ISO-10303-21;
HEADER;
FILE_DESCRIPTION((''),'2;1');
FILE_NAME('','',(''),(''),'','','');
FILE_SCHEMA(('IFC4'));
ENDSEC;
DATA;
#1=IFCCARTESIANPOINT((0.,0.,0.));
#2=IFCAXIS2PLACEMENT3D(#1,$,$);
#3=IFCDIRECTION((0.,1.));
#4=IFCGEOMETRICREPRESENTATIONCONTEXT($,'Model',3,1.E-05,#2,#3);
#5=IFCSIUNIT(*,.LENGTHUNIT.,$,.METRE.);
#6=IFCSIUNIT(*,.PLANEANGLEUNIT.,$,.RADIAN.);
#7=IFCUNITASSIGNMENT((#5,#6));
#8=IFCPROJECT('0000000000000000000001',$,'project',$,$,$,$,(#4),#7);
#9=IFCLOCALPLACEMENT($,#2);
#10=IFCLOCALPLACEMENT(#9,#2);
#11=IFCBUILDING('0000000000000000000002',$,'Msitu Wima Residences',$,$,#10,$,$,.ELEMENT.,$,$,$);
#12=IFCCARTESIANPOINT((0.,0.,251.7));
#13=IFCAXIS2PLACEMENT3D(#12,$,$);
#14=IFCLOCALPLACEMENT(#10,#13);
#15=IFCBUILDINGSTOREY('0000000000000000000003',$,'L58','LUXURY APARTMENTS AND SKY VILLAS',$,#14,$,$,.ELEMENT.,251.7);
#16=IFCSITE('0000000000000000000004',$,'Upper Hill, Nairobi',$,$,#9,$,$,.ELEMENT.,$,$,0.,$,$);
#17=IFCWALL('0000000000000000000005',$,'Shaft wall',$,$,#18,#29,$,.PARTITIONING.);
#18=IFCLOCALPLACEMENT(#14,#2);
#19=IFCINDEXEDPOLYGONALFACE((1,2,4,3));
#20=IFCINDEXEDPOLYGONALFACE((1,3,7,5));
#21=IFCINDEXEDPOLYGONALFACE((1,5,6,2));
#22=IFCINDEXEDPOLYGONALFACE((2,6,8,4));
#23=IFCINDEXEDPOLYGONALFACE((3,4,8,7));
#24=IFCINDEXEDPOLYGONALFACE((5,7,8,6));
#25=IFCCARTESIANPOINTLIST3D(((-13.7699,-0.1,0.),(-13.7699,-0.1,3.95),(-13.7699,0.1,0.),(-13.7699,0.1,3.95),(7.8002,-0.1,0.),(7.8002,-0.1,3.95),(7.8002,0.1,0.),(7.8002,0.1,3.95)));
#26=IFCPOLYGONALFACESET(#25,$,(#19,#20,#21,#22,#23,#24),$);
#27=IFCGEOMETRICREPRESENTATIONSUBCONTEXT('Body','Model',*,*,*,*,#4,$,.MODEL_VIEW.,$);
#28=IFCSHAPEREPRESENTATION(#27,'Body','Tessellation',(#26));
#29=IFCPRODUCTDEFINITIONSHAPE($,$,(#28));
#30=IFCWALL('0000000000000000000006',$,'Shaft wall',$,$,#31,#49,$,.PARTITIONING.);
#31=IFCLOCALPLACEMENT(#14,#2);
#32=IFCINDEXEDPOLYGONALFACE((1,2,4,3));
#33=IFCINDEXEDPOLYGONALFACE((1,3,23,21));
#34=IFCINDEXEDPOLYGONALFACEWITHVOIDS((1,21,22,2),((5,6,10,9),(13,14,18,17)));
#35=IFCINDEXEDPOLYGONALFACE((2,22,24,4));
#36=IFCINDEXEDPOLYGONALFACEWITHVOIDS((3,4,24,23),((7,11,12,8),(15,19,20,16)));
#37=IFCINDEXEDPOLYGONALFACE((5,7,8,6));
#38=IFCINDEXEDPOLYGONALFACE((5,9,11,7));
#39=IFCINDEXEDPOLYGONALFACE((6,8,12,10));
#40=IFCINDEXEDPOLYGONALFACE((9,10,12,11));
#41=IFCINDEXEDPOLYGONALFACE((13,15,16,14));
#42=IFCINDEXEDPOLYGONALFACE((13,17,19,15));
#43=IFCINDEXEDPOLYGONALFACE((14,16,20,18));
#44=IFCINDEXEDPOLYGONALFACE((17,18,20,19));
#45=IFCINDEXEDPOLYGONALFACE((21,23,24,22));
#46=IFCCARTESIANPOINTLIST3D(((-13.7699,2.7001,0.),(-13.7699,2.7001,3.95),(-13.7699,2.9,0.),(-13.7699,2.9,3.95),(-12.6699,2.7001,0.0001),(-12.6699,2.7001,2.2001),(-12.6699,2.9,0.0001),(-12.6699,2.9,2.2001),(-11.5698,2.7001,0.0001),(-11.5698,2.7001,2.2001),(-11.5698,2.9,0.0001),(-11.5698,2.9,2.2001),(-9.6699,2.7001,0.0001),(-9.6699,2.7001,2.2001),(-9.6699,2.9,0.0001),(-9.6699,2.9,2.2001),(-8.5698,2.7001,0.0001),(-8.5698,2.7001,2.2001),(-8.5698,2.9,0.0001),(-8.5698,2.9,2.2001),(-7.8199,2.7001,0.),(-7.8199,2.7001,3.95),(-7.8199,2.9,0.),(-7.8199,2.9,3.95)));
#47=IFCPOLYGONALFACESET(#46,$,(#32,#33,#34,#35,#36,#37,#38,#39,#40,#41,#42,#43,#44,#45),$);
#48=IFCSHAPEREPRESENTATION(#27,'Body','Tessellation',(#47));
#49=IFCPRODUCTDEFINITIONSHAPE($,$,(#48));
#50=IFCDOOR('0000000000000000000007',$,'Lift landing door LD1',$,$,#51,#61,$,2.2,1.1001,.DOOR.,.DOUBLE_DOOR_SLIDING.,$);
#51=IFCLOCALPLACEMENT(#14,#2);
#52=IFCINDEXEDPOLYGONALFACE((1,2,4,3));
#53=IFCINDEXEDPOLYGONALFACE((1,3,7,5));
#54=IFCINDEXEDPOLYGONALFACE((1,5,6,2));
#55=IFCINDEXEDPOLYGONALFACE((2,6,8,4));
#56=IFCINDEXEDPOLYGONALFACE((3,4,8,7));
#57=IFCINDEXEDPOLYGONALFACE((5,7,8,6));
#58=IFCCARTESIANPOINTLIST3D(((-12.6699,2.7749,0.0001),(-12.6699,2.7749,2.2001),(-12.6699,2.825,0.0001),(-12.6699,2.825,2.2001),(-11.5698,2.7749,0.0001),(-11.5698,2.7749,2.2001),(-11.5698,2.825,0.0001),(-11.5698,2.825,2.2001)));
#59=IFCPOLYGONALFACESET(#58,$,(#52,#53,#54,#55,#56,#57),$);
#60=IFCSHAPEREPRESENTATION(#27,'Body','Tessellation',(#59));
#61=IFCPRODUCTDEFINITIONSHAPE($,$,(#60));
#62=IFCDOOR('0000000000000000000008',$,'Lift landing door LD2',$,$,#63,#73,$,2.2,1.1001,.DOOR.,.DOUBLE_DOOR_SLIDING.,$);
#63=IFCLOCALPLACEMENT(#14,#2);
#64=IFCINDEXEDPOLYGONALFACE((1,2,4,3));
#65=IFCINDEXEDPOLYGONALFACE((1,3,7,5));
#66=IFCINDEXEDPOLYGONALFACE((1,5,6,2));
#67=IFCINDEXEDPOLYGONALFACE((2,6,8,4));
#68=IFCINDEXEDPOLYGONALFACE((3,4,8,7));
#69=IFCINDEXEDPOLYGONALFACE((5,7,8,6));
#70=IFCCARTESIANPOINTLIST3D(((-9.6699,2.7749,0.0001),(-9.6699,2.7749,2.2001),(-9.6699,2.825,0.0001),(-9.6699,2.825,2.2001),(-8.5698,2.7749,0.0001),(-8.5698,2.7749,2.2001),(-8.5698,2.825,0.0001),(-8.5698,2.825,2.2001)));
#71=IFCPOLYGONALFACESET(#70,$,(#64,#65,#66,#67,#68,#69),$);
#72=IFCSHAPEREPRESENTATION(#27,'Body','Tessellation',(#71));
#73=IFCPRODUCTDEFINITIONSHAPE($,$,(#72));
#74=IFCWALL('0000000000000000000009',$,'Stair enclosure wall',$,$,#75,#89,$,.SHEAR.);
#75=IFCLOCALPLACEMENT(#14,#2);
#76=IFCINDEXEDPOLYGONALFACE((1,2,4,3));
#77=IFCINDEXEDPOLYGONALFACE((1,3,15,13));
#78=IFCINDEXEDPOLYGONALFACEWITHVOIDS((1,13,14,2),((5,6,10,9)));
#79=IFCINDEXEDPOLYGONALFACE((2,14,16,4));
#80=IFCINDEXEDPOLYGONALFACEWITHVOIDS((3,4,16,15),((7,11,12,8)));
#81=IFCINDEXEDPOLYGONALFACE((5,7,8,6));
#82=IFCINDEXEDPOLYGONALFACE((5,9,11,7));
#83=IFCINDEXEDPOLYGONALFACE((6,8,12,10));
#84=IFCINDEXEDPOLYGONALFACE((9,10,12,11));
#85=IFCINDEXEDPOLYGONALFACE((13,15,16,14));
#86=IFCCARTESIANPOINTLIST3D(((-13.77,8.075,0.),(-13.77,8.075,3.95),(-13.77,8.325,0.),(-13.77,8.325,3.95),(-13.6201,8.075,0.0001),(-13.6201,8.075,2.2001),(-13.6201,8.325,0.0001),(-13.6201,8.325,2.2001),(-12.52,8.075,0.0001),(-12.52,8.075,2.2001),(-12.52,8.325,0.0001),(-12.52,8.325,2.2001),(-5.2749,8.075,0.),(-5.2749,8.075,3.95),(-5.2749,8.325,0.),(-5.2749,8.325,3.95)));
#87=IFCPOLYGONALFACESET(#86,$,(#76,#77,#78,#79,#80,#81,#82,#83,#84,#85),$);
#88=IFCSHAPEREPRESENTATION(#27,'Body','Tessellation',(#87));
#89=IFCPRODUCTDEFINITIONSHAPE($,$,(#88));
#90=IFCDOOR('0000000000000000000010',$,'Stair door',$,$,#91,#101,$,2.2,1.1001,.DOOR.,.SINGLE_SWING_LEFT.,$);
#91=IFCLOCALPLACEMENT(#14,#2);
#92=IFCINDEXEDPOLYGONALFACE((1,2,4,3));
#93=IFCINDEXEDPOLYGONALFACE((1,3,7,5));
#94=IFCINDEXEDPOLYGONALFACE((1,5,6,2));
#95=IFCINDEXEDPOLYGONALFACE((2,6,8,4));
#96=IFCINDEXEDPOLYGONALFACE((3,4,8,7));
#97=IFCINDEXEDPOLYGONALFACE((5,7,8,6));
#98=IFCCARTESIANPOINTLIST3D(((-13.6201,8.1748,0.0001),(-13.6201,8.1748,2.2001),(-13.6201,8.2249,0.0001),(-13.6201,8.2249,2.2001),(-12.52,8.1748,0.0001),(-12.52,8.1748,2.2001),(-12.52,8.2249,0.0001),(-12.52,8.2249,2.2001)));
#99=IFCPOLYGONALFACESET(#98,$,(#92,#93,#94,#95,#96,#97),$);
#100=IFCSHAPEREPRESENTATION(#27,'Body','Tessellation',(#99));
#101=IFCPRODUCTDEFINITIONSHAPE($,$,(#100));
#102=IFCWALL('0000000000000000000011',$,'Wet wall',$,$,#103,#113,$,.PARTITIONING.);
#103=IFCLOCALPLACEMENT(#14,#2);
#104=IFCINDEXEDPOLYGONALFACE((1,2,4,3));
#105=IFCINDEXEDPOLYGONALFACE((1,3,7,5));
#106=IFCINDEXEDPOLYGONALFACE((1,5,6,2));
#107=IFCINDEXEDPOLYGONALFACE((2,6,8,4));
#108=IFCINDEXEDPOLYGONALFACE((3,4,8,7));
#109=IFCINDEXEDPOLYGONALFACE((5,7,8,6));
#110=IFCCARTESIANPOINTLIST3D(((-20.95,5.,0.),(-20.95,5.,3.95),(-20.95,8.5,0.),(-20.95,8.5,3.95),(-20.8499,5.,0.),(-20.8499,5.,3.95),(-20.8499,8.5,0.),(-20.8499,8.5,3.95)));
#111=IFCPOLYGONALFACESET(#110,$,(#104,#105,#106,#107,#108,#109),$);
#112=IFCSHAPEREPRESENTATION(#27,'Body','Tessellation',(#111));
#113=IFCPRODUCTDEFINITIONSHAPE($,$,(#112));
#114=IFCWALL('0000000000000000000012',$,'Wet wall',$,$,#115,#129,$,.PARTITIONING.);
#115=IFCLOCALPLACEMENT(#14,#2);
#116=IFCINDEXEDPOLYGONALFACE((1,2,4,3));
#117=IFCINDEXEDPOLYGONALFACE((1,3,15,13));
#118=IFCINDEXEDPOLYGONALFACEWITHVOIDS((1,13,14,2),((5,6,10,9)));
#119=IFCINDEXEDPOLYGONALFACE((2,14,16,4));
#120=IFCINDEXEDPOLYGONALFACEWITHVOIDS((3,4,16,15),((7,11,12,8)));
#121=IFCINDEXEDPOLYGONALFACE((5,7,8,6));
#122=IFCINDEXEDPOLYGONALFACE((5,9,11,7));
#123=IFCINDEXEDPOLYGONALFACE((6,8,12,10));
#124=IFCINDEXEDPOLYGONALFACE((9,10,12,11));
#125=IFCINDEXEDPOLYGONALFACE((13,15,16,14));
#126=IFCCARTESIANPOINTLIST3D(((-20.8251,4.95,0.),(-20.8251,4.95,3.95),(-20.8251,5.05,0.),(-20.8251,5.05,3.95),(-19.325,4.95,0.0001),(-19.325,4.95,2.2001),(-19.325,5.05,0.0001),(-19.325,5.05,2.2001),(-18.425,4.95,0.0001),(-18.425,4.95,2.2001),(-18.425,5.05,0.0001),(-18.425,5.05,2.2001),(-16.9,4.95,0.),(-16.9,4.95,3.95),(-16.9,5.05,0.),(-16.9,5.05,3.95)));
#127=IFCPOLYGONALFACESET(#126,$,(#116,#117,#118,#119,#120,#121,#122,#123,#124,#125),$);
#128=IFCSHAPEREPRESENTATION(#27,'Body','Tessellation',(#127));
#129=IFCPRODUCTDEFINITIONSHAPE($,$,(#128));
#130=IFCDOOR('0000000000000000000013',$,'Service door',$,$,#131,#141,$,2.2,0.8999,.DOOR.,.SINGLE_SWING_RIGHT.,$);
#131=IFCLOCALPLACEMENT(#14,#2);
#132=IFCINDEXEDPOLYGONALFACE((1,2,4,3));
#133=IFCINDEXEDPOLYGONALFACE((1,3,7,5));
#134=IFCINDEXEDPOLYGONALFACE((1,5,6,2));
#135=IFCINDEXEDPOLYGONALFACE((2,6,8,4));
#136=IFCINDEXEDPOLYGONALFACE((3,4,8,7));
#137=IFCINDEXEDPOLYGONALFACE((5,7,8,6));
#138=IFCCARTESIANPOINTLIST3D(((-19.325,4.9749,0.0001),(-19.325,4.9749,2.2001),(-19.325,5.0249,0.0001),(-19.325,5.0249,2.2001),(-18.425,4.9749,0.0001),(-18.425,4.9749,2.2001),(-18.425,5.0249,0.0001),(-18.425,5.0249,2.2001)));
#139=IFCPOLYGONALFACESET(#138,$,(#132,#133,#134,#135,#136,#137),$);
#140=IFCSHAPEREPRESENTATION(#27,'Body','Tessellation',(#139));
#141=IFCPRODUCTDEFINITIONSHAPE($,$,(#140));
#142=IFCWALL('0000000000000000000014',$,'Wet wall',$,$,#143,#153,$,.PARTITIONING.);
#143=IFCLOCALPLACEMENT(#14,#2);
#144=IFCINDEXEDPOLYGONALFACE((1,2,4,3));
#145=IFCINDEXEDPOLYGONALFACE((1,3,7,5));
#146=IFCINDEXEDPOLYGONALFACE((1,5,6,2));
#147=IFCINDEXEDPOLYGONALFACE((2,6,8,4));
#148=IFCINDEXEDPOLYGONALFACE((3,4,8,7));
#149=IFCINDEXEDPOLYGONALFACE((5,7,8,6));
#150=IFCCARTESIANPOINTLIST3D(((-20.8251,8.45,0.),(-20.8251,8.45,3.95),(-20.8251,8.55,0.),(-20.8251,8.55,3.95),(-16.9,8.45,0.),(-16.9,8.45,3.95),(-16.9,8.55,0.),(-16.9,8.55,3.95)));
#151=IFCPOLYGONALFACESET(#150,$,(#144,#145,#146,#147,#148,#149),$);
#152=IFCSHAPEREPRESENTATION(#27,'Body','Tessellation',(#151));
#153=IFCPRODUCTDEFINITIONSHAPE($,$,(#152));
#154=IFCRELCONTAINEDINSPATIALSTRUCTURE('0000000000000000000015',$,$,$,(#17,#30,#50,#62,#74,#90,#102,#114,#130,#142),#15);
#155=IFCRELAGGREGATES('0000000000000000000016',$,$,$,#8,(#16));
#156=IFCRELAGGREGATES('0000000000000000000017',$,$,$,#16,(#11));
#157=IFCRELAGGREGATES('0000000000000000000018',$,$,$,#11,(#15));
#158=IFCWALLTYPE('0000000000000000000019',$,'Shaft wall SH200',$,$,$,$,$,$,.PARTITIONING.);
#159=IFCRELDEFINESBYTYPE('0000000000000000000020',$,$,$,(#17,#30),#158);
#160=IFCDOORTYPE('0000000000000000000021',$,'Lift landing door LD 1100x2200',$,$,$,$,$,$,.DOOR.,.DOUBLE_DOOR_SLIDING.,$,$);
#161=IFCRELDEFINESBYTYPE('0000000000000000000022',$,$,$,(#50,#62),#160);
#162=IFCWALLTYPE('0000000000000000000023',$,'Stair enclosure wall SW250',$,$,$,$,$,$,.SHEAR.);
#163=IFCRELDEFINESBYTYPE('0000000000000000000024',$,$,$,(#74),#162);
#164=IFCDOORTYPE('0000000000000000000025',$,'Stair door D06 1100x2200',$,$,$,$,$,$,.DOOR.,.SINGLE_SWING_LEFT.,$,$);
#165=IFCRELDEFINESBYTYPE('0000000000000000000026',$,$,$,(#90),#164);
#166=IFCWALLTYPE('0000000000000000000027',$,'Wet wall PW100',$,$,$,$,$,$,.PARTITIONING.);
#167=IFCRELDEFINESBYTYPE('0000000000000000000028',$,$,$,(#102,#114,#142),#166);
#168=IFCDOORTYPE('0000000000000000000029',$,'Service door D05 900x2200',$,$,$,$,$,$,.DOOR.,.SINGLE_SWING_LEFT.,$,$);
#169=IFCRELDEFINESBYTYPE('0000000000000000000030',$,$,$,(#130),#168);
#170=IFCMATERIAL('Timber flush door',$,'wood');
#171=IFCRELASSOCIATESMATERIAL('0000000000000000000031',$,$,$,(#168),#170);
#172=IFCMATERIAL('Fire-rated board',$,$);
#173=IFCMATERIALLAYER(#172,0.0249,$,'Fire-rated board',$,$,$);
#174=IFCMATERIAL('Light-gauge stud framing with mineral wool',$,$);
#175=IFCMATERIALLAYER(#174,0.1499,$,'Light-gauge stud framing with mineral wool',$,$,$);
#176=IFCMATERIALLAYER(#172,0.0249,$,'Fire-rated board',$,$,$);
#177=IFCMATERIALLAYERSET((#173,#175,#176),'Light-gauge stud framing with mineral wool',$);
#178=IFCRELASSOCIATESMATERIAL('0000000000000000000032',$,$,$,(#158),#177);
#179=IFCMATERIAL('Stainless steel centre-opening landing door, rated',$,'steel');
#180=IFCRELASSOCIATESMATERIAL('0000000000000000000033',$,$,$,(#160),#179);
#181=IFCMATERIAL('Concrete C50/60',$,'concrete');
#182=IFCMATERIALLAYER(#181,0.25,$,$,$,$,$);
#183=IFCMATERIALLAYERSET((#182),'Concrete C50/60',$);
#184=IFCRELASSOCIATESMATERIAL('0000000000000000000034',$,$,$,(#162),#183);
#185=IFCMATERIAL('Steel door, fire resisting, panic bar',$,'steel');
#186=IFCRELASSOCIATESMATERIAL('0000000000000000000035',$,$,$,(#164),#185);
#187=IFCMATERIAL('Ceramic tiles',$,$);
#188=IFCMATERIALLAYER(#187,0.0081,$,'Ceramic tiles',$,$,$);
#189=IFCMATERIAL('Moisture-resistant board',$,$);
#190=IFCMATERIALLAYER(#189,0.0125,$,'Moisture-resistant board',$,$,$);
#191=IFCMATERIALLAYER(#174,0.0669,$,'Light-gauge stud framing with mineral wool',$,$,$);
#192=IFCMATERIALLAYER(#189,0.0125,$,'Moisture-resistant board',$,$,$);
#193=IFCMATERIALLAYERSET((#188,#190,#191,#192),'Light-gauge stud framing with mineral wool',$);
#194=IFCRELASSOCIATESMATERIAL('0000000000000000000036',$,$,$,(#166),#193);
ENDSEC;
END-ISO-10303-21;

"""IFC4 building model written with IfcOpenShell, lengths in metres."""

from ifc_helpers import new_model, si_unit, direction, frame, frame_2d, origin, place, context, subcontext, project, spatial, rectangle, extrude, material, layer, layer_set, type_object, element, fill, save


model = new_model("IFC4")

# Units and contexts
model_context = context("Model", 3, precision=1e-05, world=origin(), true_north=direction((0.0, 1.0)))
body_context = subcontext(model_context, "Body", "Model", "MODEL_VIEW")
ifc_project = project(units=[si_unit("LENGTHUNIT", "METRE"), si_unit("PLANEANGLEUNIT", "RADIAN")], contexts=[model_context])

# Site, building, storey
site_placement = place(None, origin())
site = spatial("IfcSite", under=ifc_project, at=site_placement, Name="Upper Hill, Nairobi", CompositionType="ELEMENT", RefElevation=0.0)
building_placement = place(site_placement, origin())
building = spatial("IfcBuilding", under=site, at=building_placement, Name="Msitu Wima Residences", CompositionType="ELEMENT")
storey_placement = place(building_placement, frame((0.0, 0.0, 251.7)))
storey = spatial("IfcBuildingStorey", under=building, at=storey_placement, Name="L58", Description="LUXURY APARTMENTS AND SKY VILLAS", CompositionType="ELEMENT", Elevation=251.7)

# Shared definitions
ifc_material_1 = material(Name="Concrete C50/60", Category="concrete")

# Shared definitions
ifc_material_2 = material(Name="Timber flush door", Category="wood")
door_type_1 = type_object("IfcDoorType", Name="Service door D05 900x2200", OperationType="SINGLE_SWING_LEFT", PredefinedType="DOOR", material=ifc_material_2)

# Wall
ifc_material_3 = material(Name="Fire-rated board")
ifc_layer_1 = layer(ifc_material_3, 0.0249, Name="Fire-rated board")
ifc_material_4 = material(Name="Light-gauge stud framing with mineral wool")
ifc_layer_2 = layer(ifc_material_4, 0.1499, Name="Light-gauge stud framing with mineral wool")
ifc_layer_3 = layer(ifc_material_3, 0.0249, Name="Fire-rated board")
ifc_layer_set_1 = layer_set([ifc_layer_1, ifc_layer_2, ifc_layer_3], Name="Light-gauge stud framing with mineral wool")
wall_type_1 = type_object("IfcWallType", Name="Shaft wall SH200", PredefinedType="PARTITIONING", material=ifc_layer_set_1)
wall_1_placement = place(storey_placement, frame((-13.77, 0.0, 0.0), z_axis=(0.0, 0.0, 1.0), x_axis=(1.0, 0.0, 0.0)))
element("IfcWall", 1, at=wall_1_placement, inside=storey, type_object=wall_type_1, Name="Shaft wall", PredefinedType="PARTITIONING", context=body_context, shape_type="SweptSolid", body=[
    extrude(rectangle(XDim=21.5701, YDim=0.2, at=frame_2d((10.7852, 0.0))), origin(), (0.0, 0.0, 1.0), 3.95),
])

# Wall, openings, doors
wall_2_placement = place(storey_placement, frame((-13.77, 2.8, 0.0), z_axis=(0.0, 0.0, 1.0), x_axis=(1.0, 0.0, 0.0)))
wall_2 = element("IfcWall", 2, at=wall_2_placement, inside=storey, type_object=wall_type_1, Name="Shaft wall", PredefinedType="PARTITIONING", context=body_context, shape_type="SweptSolid", body=[
    extrude(rectangle(XDim=5.95, YDim=0.2, at=frame_2d((2.9751, 0.0))), origin(), (0.0, 0.0, 1.0), 3.95),
])
opening_1_placement = place(wall_2_placement, frame((1.1001, 0.0, 0.0)))
opening_1 = element("IfcOpeningElement", 3, at=opening_1_placement, cuts=wall_2, PredefinedType="OPENING", context=body_context, shape_type="SweptSolid", body=[
    extrude(rectangle(XDim=1.1001, YDim=2.2, at=frame_2d((0.55, 1.1001))), frame((0.0, 0.1099, 0.0), z_axis=(0.0, -1.0, 0.0), x_axis=(1.0, 0.0, 0.0)), (0.0, 0.0, 1.0), 0.22),
])
opening_2_placement = place(wall_2_placement, frame((4.1001, 0.0, 0.0)))
opening_2 = element("IfcOpeningElement", 4, at=opening_2_placement, cuts=wall_2, PredefinedType="OPENING", context=body_context, shape_type="SweptSolid", body=[
    extrude(rectangle(XDim=1.1001, YDim=2.2, at=frame_2d((0.55, 1.1001))), frame((0.0, 0.1099, 0.0), z_axis=(0.0, -1.0, 0.0), x_axis=(1.0, 0.0, 0.0)), (0.0, 0.0, 1.0), 0.22),
])
ifc_material_5 = material(Name="Stainless steel centre-opening landing door, rated", Category="steel")
door_type_2 = type_object("IfcDoorType", Name="Lift landing door LD 1100x2200", OperationType="DOUBLE_DOOR_SLIDING", PredefinedType="DOOR", material=ifc_material_5)
door_1_placement = place(opening_1_placement, origin())
door_1 = element("IfcDoor", 5, at=door_1_placement, inside=storey, type_object=door_type_2, Name="Lift landing door LD1", OperationType="DOUBLE_DOOR_SLIDING", OverallHeight=2.2, OverallWidth=1.1001, PredefinedType="DOOR", context=body_context, shape_type="SweptSolid", body=[
    extrude(rectangle(XDim=1.1001, YDim=2.2, at=frame_2d((0.55, 1.1001))), frame((0.0, 0.0249, 0.0), z_axis=(0.0, -1.0, 0.0), x_axis=(1.0, 0.0, 0.0)), (0.0, 0.0, 1.0), 0.05),
])
fill(opening_1, door_1)
door_2_placement = place(opening_2_placement, origin())
door_2 = element("IfcDoor", 6, at=door_2_placement, inside=storey, type_object=door_type_2, Name="Lift landing door LD2", OperationType="DOUBLE_DOOR_SLIDING", OverallHeight=2.2, OverallWidth=1.1001, PredefinedType="DOOR", context=body_context, shape_type="SweptSolid", body=[
    extrude(rectangle(XDim=1.1001, YDim=2.2, at=frame_2d((0.55, 1.1001))), frame((0.0, 0.0249, 0.0), z_axis=(0.0, -1.0, 0.0), x_axis=(1.0, 0.0, 0.0)), (0.0, 0.0, 1.0), 0.05),
])
fill(opening_2, door_2)

# Wall, opening, door
ifc_layer_4 = layer(ifc_material_1, 0.25)
ifc_layer_set_2 = layer_set([ifc_layer_4], Name="Concrete C50/60")
wall_type_2 = type_object("IfcWallType", Name="Stair enclosure wall SW250", PredefinedType="SHEAR", material=ifc_layer_set_2)
wall_3_placement = place(storey_placement, frame((-13.77, 8.2, 0.0), z_axis=(0.0, 0.0, 1.0), x_axis=(1.0, 0.0, 0.0)))
wall_3 = element("IfcWall", 7, at=wall_3_placement, inside=storey, type_object=wall_type_2, Name="Stair enclosure wall", PredefinedType="SHEAR", context=body_context, shape_type="SweptSolid", body=[
    extrude(rectangle(XDim=8.4951, YDim=0.25, at=frame_2d((4.2476, 0.0))), origin(), (0.0, 0.0, 1.0), 3.95),
])
opening_3_placement = place(wall_3_placement, frame((0.1499, 0.0, 0.0)))
opening_3 = element("IfcOpeningElement", 8, at=opening_3_placement, cuts=wall_3, PredefinedType="OPENING", context=body_context, shape_type="SweptSolid", body=[
    extrude(rectangle(XDim=1.1001, YDim=2.2, at=frame_2d((0.55, 1.1001))), frame((0.0, 0.135, 0.0), z_axis=(0.0, -1.0, 0.0), x_axis=(1.0, 0.0, 0.0)), (0.0, 0.0, 1.0), 0.27),
])
ifc_material_6 = material(Name="Steel door, fire resisting, panic bar", Category="steel")
door_type_3 = type_object("IfcDoorType", Name="Stair door D06 1100x2200", OperationType="SINGLE_SWING_LEFT", PredefinedType="DOOR", material=ifc_material_6)
door_3_placement = place(opening_3_placement, origin())
door_3 = element("IfcDoor", 9, at=door_3_placement, inside=storey, type_object=door_type_3, Name="Stair door", OperationType="SINGLE_SWING_LEFT", OverallHeight=2.2, OverallWidth=1.1001, PredefinedType="DOOR", context=body_context, shape_type="SweptSolid", body=[
    extrude(rectangle(XDim=1.1001, YDim=2.2, at=frame_2d((0.55, 1.1001))), frame((0.0, 0.0249, 0.0), z_axis=(0.0, -1.0, 0.0), x_axis=(1.0, 0.0, 0.0)), (0.0, 0.0, 1.0), 0.05),
])
fill(opening_3, door_3)

# Wall
ifc_material_7 = material(Name="Ceramic tiles")
ifc_layer_5 = layer(ifc_material_7, 0.0081, Name="Ceramic tiles")
ifc_material_8 = material(Name="Moisture-resistant board")
ifc_layer_6 = layer(ifc_material_8, 0.0125, Name="Moisture-resistant board")
ifc_layer_7 = layer(ifc_material_4, 0.0669, Name="Light-gauge stud framing with mineral wool")
ifc_layer_8 = layer(ifc_material_8, 0.0125, Name="Moisture-resistant board")
ifc_layer_set_3 = layer_set([ifc_layer_5, ifc_layer_6, ifc_layer_7, ifc_layer_8], Name="Light-gauge stud framing with mineral wool")
wall_type_3 = type_object("IfcWallType", Name="Wet wall PW100", PredefinedType="PARTITIONING", material=ifc_layer_set_3)
wall_4_placement = place(storey_placement, frame((-20.8999, 5.0, 0.0), z_axis=(0.0, 0.0, 1.0), x_axis=(0.0, 1.0, 0.0)))
element("IfcWall", 10, at=wall_4_placement, inside=storey, type_object=wall_type_3, Name="Wet wall", PredefinedType="PARTITIONING", context=body_context, shape_type="SweptSolid", body=[
    extrude(rectangle(XDim=3.5, YDim=0.1001, at=frame_2d((1.75, 0.0))), origin(), (0.0, 0.0, 1.0), 3.95),
])

# Wall, opening, door
wall_5_placement = place(storey_placement, frame((-20.825, 5.0, 0.0), z_axis=(0.0, 0.0, 1.0), x_axis=(1.0, 0.0, 0.0)))
wall_5 = element("IfcWall", 11, at=wall_5_placement, inside=storey, type_object=wall_type_3, Name="Wet wall", PredefinedType="PARTITIONING", context=body_context, shape_type="SweptSolid", body=[
    extrude(rectangle(XDim=3.925, YDim=0.1001, at=frame_2d((1.9624, 0.0))), origin(), (0.0, 0.0, 1.0), 3.95),
])
opening_4_placement = place(wall_5_placement, frame((1.5, 0.0, 0.0)))
opening_4 = element("IfcOpeningElement", 12, at=opening_4_placement, cuts=wall_5, PredefinedType="OPENING", context=body_context, shape_type="SweptSolid", body=[
    extrude(rectangle(XDim=0.8999, YDim=2.2, at=frame_2d((0.45, 1.1001))), frame((0.0, 0.0601, 0.0), z_axis=(0.0, -1.0, 0.0), x_axis=(1.0, 0.0, 0.0)), (0.0, 0.0, 1.0), 0.1201),
])
door_4_placement = place(opening_4_placement, origin())
door_4 = element("IfcDoor", 13, at=door_4_placement, inside=storey, type_object=door_type_1, Name="Service door", OperationType="SINGLE_SWING_RIGHT", OverallHeight=2.2, OverallWidth=0.8999, PredefinedType="DOOR", context=body_context, shape_type="SweptSolid", body=[
    extrude(rectangle(XDim=0.8999, YDim=2.2, at=frame_2d((0.45, 1.1001))), frame((0.0, 0.0249, 0.0), z_axis=(0.0, -1.0, 0.0), x_axis=(1.0, 0.0, 0.0)), (0.0, 0.0, 1.0), 0.05),
])
fill(opening_4, door_4)

# Wall
wall_6_placement = place(storey_placement, frame((-20.825, 8.5, 0.0), z_axis=(0.0, 0.0, 1.0), x_axis=(1.0, 0.0, 0.0)))
element("IfcWall", 14, at=wall_6_placement, inside=storey, type_object=wall_type_3, Name="Wet wall", PredefinedType="PARTITIONING", context=body_context, shape_type="SweptSolid", body=[
    extrude(rectangle(XDim=3.925, YDim=0.1001, at=frame_2d((1.9624, 0.0))), origin(), (0.0, 0.0, 1.0), 3.95),
])

save(model, "model.ifc")
